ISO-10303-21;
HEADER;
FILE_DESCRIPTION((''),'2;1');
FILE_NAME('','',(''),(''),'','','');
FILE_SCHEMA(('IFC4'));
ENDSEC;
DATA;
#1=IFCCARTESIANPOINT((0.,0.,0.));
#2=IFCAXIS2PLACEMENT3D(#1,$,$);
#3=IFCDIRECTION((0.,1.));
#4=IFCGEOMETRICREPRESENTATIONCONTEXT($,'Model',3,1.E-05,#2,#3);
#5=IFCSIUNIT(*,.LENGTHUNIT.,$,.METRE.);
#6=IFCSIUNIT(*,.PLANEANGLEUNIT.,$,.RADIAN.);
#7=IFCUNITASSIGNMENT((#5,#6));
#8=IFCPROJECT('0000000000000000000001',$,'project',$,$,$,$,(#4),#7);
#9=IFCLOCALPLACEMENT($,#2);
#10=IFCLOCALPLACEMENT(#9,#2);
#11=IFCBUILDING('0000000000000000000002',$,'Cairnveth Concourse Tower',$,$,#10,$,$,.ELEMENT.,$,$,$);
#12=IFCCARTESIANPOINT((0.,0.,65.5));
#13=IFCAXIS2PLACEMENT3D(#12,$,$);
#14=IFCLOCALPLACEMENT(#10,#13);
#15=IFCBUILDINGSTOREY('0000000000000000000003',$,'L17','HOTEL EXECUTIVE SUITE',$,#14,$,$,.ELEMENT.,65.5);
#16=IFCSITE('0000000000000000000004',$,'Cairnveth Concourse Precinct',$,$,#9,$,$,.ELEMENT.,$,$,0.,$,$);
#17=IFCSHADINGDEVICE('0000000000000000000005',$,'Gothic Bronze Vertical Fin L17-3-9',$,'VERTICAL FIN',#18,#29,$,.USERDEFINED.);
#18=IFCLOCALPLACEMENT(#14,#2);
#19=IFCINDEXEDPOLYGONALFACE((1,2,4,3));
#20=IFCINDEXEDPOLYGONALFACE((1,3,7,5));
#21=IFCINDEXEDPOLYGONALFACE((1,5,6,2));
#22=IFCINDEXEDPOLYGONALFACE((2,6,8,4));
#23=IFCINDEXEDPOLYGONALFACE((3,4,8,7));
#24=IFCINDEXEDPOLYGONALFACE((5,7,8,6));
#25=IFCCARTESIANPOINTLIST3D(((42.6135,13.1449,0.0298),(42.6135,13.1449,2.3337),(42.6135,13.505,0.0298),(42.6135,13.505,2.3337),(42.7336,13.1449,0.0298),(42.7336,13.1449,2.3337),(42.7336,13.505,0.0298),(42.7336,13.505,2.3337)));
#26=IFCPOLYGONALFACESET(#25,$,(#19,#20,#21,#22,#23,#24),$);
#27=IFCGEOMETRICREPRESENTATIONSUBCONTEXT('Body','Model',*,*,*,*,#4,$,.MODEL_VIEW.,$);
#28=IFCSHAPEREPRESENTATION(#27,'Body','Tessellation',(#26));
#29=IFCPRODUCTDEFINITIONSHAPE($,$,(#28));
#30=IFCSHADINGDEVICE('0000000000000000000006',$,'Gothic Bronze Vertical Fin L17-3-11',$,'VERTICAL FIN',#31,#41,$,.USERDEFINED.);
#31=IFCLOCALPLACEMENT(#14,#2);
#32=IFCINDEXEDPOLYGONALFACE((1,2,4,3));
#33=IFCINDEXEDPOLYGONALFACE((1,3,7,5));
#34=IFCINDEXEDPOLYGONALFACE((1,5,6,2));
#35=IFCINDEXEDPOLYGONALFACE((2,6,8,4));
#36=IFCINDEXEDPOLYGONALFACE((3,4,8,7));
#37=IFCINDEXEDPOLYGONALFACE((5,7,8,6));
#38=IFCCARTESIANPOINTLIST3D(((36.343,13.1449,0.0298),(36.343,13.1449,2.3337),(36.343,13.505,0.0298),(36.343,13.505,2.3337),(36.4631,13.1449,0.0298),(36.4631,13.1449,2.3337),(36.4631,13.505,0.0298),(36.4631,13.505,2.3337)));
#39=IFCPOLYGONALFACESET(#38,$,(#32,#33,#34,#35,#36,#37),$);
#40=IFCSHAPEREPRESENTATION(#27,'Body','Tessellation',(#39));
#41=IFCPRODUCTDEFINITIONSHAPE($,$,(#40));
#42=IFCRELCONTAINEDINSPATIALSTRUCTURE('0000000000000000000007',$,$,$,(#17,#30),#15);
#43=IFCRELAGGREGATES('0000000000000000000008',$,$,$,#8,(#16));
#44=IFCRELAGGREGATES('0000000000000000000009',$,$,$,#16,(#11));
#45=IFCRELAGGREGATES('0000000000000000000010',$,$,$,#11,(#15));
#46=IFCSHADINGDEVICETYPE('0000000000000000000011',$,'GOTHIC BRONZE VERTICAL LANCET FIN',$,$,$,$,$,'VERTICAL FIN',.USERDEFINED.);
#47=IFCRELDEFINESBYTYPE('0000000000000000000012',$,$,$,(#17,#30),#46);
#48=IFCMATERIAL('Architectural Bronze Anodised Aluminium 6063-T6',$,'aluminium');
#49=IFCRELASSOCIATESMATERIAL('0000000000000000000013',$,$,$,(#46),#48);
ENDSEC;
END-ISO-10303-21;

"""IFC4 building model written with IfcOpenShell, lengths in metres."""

from ifc_helpers import new_model, si_unit, direction, frame, origin, origin_2d, place, context, subcontext, project, spatial, rectangle, extrude, material, type_object, element, save


model = new_model("IFC4")

# Units and contexts
model_context = context("Model", 3, precision=1e-05, world=origin(), true_north=direction((0.0, 1.0)))
body_context = subcontext(model_context, "Body", "Model", "MODEL_VIEW")
ifc_project = project(units=[si_unit("LENGTHUNIT", "METRE"), si_unit("PLANEANGLEUNIT", "RADIAN")], contexts=[model_context])

# Site, building, storey
site_placement = place(None, origin())
site = spatial("IfcSite", under=ifc_project, at=site_placement, Name="Cairnveth Concourse Precinct", CompositionType="ELEMENT", RefElevation=0.0)
building_placement = place(site_placement, origin())
building = spatial("IfcBuilding", under=site, at=building_placement, Name="Cairnveth Concourse Tower", CompositionType="ELEMENT")
storey_placement = place(building_placement, frame((0.0, 0.0, 65.5)))
storey = spatial("IfcBuildingStorey", under=building, at=storey_placement, Name="L17", Description="HOTEL EXECUTIVE SUITE", CompositionType="ELEMENT", Elevation=65.5)

# Shading devices
ifc_material_1 = material(Name="Architectural Bronze Anodised Aluminium 6063-T6", Category="aluminium")
shading_device_type = type_object("IfcShadingDeviceType", Name="GOTHIC BRONZE VERTICAL LANCET FIN", ElementType="VERTICAL FIN", PredefinedType="USERDEFINED", material=ifc_material_1)
for number, where, z_axis, x_axis, name in (
    (1, (42.6736, 13.325, 0.0298), (0.0, 0.0, 1.0), (1.0, 0.0, 0.0), "Gothic Bronze Vertical Fin L17-3-9"),
    (2, (36.4031, 13.325, 0.0298), (0.0, 0.0, 1.0), (1.0, 0.0, 0.0), "Gothic Bronze Vertical Fin L17-3-11"),
):
    element("IfcShadingDevice", number, at=place(storey_placement, frame(where, z_axis=z_axis, x_axis=x_axis)), inside=storey, type_object=shading_device_type, Name=name, ObjectType="VERTICAL FIN", PredefinedType="USERDEFINED", context=body_context, shape_type="SweptSolid", body=[
        extrude(rectangle(XDim=0.1201, YDim=0.3601, at=origin_2d()), origin(), (0.0, 0.0, 1.0), 2.304),
    ])

save(model, "model.ifc")
